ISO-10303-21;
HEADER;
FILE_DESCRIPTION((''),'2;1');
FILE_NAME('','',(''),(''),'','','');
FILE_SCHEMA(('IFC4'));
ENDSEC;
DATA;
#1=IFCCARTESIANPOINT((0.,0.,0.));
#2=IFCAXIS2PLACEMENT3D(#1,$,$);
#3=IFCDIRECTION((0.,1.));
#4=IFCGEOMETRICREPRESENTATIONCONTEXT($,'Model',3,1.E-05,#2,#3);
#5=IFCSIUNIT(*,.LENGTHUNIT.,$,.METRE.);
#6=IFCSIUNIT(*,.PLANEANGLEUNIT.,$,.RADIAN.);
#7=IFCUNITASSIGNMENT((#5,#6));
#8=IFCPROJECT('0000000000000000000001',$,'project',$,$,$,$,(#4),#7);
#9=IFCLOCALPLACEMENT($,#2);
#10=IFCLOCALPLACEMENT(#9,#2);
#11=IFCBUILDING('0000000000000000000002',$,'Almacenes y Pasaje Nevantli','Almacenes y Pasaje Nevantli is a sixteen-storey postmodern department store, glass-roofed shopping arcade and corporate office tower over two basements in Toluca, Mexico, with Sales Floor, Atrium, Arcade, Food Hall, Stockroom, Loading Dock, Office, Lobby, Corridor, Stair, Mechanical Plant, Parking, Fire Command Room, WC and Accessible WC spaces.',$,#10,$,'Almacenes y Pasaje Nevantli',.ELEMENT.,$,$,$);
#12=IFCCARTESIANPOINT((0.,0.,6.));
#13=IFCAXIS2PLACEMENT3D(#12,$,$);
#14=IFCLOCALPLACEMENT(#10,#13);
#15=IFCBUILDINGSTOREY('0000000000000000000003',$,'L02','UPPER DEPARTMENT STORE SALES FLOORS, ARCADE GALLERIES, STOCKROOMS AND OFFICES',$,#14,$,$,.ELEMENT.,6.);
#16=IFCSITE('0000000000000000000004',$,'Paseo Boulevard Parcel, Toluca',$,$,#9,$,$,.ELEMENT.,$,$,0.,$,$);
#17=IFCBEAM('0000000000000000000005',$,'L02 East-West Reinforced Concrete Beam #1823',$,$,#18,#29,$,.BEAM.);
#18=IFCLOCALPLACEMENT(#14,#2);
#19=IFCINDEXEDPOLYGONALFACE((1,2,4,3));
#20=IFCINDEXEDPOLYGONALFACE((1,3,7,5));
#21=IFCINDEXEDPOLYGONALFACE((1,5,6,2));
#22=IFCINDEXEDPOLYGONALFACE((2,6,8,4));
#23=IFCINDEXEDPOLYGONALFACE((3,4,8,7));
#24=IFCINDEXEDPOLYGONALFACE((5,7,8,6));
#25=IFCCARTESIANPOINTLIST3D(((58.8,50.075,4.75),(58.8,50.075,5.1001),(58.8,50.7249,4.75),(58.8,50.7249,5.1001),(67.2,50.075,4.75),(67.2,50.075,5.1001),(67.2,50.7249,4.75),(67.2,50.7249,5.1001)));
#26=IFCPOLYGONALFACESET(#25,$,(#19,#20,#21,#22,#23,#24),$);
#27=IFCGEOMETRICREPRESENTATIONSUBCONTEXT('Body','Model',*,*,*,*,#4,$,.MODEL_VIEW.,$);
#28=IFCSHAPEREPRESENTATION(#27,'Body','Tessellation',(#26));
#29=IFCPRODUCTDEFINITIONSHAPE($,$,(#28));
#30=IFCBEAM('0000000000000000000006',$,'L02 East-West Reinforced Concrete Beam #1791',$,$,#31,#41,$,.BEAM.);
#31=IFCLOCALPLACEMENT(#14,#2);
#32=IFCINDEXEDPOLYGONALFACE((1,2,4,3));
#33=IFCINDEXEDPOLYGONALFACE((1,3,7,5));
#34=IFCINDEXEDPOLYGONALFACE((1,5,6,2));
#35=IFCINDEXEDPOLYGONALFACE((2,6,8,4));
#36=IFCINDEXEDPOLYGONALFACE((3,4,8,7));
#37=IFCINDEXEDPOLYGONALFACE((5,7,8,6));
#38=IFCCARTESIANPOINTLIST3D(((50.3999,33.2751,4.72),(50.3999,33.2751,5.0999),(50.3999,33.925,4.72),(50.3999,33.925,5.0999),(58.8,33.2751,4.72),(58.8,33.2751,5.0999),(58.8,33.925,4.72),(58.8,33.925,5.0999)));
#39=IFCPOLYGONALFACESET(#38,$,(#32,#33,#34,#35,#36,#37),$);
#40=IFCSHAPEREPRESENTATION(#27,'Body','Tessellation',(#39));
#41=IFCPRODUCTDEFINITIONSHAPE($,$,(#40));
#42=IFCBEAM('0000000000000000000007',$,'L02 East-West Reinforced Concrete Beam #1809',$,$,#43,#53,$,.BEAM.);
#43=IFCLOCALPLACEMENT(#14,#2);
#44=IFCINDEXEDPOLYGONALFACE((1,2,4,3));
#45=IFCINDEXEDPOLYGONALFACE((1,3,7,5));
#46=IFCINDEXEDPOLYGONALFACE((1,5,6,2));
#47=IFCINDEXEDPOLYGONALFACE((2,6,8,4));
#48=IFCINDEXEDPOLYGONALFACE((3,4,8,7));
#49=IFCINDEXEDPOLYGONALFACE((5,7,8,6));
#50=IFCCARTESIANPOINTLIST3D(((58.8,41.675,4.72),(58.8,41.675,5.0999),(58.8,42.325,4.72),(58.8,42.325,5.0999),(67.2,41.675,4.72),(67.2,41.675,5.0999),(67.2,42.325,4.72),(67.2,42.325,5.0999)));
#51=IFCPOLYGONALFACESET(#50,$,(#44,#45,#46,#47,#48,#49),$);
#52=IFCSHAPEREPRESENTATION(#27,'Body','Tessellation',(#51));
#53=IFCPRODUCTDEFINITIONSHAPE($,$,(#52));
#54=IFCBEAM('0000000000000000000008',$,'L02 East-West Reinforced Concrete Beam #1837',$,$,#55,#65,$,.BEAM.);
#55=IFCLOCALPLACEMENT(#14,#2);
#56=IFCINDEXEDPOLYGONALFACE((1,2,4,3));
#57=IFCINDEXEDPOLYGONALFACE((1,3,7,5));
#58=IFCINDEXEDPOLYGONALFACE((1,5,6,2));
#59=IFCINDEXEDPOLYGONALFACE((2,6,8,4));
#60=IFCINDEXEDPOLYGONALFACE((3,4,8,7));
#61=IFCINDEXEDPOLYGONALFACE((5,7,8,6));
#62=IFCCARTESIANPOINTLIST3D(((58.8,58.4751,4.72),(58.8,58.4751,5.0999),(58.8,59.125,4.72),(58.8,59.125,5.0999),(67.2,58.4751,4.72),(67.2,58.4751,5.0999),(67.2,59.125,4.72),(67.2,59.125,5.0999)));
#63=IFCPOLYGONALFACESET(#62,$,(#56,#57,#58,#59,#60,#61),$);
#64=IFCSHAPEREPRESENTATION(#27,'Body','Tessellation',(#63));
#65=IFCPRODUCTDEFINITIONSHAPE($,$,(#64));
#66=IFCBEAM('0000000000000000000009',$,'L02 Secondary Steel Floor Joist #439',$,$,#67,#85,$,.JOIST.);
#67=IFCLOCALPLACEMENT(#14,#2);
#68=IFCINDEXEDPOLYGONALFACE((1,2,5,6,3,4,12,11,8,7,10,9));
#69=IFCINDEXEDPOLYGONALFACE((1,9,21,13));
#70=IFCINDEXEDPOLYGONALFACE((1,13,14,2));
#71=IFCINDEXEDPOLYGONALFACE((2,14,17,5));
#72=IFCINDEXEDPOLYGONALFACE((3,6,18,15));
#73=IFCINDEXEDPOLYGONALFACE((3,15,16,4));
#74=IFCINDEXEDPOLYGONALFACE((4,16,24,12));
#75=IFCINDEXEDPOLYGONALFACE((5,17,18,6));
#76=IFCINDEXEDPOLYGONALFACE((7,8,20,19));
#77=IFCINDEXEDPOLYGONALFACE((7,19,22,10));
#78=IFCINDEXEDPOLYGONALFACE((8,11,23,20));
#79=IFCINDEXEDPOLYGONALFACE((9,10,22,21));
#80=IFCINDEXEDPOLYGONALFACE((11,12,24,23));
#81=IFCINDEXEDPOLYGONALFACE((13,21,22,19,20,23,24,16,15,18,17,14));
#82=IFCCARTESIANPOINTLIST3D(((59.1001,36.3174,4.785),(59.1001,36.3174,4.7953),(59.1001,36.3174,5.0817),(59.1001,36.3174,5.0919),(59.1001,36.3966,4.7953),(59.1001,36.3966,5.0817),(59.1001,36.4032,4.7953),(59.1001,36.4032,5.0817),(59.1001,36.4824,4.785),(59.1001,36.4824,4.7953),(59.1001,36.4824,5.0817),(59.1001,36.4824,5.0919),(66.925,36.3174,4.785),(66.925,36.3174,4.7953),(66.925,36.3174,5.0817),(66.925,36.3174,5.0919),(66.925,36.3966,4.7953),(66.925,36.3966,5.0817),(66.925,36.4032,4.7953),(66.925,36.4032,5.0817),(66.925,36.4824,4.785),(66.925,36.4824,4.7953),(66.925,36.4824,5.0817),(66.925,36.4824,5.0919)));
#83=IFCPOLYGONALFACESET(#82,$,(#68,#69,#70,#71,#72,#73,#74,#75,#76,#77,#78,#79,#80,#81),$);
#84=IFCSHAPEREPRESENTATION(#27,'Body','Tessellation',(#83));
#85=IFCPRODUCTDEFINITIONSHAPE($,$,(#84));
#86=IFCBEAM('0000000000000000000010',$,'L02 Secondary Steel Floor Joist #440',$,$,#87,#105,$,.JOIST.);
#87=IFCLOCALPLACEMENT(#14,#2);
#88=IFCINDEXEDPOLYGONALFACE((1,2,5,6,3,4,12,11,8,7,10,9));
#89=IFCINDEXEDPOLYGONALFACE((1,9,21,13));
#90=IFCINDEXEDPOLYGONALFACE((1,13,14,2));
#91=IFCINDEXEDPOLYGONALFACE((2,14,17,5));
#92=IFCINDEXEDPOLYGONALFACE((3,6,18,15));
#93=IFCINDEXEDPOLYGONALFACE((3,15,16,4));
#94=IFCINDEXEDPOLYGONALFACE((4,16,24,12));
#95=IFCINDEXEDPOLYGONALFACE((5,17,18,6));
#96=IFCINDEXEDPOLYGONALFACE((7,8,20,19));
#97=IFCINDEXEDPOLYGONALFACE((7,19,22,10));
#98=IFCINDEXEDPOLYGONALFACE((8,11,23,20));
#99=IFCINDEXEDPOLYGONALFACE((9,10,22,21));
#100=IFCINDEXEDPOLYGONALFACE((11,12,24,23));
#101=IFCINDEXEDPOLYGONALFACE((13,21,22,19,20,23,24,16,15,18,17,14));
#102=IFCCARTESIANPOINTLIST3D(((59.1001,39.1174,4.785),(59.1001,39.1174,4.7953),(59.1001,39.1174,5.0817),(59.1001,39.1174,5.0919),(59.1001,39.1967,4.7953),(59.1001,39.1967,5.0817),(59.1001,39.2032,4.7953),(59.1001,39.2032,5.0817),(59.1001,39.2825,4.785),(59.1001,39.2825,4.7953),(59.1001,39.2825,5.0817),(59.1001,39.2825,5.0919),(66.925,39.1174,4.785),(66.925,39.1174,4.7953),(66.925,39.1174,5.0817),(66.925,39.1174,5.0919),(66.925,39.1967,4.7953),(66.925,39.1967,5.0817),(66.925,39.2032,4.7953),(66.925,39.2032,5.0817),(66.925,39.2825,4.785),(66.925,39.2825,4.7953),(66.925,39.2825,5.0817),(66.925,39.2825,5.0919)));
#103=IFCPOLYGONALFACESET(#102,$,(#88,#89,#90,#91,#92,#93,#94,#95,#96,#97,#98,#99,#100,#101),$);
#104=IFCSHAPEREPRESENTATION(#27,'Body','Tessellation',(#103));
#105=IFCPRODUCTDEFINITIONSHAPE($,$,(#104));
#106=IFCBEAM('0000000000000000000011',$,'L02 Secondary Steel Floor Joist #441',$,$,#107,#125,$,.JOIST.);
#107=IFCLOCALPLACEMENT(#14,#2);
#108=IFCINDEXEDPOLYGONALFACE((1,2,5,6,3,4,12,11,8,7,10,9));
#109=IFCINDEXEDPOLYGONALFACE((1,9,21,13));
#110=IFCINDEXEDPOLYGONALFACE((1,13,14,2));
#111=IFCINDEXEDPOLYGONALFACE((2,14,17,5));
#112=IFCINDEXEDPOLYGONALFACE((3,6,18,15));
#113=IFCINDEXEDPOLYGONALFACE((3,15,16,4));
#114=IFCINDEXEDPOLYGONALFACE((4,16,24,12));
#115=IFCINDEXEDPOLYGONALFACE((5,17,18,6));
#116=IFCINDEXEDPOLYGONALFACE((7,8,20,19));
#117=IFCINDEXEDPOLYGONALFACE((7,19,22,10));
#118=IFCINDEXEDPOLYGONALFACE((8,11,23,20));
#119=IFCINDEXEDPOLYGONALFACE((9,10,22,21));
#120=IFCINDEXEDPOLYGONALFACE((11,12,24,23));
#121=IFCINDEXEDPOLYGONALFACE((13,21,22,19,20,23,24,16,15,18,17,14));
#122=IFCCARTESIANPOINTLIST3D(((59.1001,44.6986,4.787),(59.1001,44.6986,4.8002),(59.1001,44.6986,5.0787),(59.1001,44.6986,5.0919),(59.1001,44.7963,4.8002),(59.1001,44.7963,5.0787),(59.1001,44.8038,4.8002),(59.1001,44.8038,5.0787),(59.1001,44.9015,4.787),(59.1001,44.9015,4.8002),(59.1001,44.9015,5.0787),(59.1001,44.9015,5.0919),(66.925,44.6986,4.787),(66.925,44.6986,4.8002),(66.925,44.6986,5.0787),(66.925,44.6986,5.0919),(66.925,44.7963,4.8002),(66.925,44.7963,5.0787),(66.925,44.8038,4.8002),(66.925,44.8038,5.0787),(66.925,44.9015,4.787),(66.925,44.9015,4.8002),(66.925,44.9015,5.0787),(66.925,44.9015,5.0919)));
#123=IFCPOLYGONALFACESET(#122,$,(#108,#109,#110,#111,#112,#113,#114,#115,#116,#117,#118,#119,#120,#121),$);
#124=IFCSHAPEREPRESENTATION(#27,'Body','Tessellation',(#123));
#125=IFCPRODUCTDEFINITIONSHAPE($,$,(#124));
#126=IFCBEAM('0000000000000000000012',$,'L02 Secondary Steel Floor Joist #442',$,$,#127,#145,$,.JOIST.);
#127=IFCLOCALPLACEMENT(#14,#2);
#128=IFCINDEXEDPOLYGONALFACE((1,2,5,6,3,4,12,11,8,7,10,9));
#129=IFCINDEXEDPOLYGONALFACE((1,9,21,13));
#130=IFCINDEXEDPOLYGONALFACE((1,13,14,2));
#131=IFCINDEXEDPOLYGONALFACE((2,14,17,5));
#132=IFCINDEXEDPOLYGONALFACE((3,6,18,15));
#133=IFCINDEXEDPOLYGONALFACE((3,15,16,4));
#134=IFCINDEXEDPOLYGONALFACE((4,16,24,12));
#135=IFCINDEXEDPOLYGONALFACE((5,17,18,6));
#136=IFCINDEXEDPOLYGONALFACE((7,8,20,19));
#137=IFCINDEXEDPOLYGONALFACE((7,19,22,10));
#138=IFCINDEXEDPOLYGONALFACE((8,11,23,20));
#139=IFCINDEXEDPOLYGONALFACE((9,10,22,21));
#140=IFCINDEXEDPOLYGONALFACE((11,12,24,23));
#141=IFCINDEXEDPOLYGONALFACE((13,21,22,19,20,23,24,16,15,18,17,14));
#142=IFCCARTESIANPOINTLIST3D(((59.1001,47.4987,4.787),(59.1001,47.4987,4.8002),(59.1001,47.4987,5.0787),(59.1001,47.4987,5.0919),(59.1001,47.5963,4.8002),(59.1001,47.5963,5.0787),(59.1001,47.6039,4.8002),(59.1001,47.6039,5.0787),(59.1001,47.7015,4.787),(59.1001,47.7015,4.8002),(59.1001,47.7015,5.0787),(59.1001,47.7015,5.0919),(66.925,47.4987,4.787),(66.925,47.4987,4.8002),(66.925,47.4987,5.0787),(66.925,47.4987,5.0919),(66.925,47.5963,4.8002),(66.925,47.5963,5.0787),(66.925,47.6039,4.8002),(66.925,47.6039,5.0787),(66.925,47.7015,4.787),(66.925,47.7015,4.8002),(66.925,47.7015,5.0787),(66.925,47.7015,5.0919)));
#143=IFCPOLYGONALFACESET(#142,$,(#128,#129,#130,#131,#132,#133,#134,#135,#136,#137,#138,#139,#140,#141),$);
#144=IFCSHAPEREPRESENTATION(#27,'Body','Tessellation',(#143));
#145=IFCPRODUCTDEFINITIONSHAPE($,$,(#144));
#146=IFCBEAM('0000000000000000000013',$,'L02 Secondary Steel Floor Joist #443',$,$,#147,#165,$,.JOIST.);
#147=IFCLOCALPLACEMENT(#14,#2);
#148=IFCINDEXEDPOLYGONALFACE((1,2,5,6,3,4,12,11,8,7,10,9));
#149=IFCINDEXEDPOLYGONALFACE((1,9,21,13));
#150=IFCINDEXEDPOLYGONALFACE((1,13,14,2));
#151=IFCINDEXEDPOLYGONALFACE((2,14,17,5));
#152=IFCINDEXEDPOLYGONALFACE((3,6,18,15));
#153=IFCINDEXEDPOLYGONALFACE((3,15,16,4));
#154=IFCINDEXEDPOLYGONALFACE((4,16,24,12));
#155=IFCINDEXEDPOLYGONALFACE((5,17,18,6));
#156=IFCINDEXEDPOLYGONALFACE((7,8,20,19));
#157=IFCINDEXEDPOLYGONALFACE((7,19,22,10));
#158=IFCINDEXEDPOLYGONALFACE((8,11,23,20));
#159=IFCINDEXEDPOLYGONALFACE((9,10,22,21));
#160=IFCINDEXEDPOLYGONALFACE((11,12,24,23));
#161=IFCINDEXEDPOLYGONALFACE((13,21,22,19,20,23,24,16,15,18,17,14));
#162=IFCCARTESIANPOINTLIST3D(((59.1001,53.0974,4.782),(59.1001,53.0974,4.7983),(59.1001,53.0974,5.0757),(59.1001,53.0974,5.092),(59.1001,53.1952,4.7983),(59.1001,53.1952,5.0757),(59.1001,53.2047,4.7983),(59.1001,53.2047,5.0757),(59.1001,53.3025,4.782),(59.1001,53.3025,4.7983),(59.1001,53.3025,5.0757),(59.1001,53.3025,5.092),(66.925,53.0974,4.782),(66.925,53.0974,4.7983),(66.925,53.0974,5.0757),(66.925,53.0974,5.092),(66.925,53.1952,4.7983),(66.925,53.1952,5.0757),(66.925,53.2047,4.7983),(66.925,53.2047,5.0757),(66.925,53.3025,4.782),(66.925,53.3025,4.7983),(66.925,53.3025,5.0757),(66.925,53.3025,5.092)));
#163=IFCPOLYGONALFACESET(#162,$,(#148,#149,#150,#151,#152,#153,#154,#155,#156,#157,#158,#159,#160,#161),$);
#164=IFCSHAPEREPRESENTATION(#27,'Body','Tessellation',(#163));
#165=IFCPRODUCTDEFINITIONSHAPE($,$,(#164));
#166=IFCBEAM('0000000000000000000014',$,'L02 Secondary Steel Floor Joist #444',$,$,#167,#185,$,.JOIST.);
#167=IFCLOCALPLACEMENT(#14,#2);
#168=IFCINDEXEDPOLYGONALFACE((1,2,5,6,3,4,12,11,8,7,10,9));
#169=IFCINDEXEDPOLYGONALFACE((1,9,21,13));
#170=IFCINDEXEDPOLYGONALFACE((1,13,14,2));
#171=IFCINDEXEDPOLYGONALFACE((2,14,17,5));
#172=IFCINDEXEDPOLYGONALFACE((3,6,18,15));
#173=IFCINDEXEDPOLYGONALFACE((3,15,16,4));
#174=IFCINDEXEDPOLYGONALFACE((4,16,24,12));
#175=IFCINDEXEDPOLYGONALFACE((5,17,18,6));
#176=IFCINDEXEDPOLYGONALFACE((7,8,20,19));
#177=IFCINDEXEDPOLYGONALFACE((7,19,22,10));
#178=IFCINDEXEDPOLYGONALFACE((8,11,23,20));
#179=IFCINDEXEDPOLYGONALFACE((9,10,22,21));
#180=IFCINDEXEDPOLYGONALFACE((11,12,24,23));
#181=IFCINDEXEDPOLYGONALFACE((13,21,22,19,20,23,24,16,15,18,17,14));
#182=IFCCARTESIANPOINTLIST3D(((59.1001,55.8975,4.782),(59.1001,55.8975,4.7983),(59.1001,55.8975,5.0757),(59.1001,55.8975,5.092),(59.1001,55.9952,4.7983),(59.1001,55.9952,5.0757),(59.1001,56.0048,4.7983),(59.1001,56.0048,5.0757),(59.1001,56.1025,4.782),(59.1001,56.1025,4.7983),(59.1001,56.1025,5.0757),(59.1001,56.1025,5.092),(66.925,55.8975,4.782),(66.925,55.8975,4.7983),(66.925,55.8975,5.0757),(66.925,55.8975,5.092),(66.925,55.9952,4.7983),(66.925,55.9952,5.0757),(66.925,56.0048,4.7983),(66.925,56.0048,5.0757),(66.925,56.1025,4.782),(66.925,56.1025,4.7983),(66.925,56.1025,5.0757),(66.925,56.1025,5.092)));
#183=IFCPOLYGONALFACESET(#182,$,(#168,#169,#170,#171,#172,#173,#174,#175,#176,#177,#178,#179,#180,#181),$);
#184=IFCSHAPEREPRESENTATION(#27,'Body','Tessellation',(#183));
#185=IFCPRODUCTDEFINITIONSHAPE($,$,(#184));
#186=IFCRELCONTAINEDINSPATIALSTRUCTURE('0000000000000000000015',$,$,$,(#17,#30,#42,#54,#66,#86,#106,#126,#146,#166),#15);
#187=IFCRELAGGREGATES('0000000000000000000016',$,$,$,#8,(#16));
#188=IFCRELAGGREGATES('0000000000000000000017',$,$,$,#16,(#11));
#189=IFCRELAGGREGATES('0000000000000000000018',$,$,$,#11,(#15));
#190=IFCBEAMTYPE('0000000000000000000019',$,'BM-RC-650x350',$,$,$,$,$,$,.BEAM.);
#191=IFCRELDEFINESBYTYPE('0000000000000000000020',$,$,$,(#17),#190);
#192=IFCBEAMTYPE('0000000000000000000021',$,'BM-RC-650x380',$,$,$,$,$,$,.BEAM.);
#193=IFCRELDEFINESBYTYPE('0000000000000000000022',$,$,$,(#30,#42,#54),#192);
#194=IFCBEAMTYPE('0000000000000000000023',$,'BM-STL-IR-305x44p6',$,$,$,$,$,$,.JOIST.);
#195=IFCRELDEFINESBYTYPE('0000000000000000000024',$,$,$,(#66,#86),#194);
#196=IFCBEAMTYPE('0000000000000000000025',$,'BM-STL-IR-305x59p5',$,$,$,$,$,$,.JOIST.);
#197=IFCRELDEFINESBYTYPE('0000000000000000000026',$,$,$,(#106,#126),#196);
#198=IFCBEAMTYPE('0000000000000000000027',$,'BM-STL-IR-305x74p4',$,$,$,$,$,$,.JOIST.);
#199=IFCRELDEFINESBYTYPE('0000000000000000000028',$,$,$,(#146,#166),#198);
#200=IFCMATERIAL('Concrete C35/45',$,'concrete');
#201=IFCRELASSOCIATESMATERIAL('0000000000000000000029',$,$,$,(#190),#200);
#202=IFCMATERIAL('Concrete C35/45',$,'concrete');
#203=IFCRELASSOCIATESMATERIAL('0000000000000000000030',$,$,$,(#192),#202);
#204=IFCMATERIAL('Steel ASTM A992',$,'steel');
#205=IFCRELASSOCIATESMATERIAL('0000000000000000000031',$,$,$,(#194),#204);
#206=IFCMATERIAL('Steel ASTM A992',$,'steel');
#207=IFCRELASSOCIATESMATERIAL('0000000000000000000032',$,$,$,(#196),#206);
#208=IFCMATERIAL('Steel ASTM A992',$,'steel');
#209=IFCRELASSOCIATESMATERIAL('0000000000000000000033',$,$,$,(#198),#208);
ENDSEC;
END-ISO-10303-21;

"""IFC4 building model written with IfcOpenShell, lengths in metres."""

from ifc_helpers import new_model, si_unit, direction, frame, origin, origin_2d, place, context, subcontext, project, spatial, rectangle, i_section, extrude, material, material_profile, profile_set, type_object, element, save


model = new_model("IFC4")

# Units and contexts
model_context = context("Model", 3, precision=1e-05, world=origin(), true_north=direction((0.0, 1.0)))
body_context = subcontext(model_context, "Body", "Model", "MODEL_VIEW")
ifc_project = project(units=[si_unit("LENGTHUNIT", "METRE"), si_unit("PLANEANGLEUNIT", "RADIAN")], contexts=[model_context])

# Site, building, storey
site_placement = place(None, origin())
site = spatial("IfcSite", under=ifc_project, at=site_placement, Name="Paseo Boulevard Parcel, Toluca", CompositionType="ELEMENT", RefElevation=0.0)
building_placement = place(site_placement, origin())
building = spatial("IfcBuilding", under=site, at=building_placement, Name="Almacenes y Pasaje Nevantli", Description="Almacenes y Pasaje Nevantli is a sixteen-storey postmodern department store, glass-roofed shopping arcade and corporate office tower over two basements in Toluca, Mexico, with Sales Floor, Atrium, Arcade, Food Hall, Stockroom, Loading Dock, Office, Lobby, Corridor, Stair, Mechanical Plant, Parking, Fire Command Room, WC and Accessible WC spaces.", LongName="Almacenes y Pasaje Nevantli", CompositionType="ELEMENT")
storey_placement = place(building_placement, frame((0.0, 0.0, 6.0)))
storey = spatial("IfcBuildingStorey", under=building, at=storey_placement, Name="L02", Description="UPPER DEPARTMENT STORE SALES FLOORS, ARCADE GALLERIES, STOCKROOMS AND OFFICES", CompositionType="ELEMENT", Elevation=6.0)

# Beams
ifc_material_1 = material(Name="Concrete C35/45", Category="concrete")
ifc_material_profile_1 = material_profile(ifc_material_1, rectangle(XDim=0.6499, YDim=0.3501, at=origin_2d()), Name="RC-BM-650x350")
ifc_profile_set_1 = profile_set([ifc_material_profile_1], Name="Concrete C35/45")
beam_type_1 = type_object("IfcBeamType", Name="BM-RC-650x350", PredefinedType="BEAM", material=ifc_profile_set_1)
for number, where, z_axis, x_axis, name in (
    (1, (58.8, 50.3999, 4.925), (1.0, 0.0, 0.0), (0.0, 1.0, 0.0), "L02 East-West Reinforced Concrete Beam #1823"),
):
    element("IfcBeam", number, at=place(storey_placement, frame(where, z_axis=z_axis, x_axis=x_axis)), inside=storey, type_object=beam_type_1, Name=name, PredefinedType="BEAM", context=body_context, shape_type="SweptSolid", body=[
        extrude(rectangle(XDim=0.6499, YDim=0.3501, at=origin_2d()), origin(), (0.0, 0.0, 1.0), 8.3999),
    ])
ifc_material_2 = material(Name="Concrete C35/45", Category="concrete")
ifc_material_profile_2 = material_profile(ifc_material_2, rectangle(XDim=0.6499, YDim=0.3799, at=origin_2d()), Name="RC-BM-650x380")
ifc_profile_set_2 = profile_set([ifc_material_profile_2], Name="Concrete C35/45")
beam_type_2 = type_object("IfcBeamType", Name="BM-RC-650x380", PredefinedType="BEAM", material=ifc_profile_set_2)
beam_1_placement = place(storey_placement, frame((50.3999, 33.6001, 4.9099), z_axis=(1.0, 0.0, 0.0), x_axis=(0.0, 1.0, 0.0)))
element("IfcBeam", 2, at=beam_1_placement, inside=storey, type_object=beam_type_2, Name="L02 East-West Reinforced Concrete Beam #1791", PredefinedType="BEAM", context=body_context, shape_type="SweptSolid", body=[
    extrude(rectangle(XDim=0.6499, YDim=0.3799, at=origin_2d()), origin(), (0.0, 0.0, 1.0), 8.4001),
])
for number, where, z_axis, x_axis, name in (
    (3, (58.8, 42.0, 4.9099), (1.0, 0.0, 0.0), (0.0, 1.0, 0.0), "L02 East-West Reinforced Concrete Beam #1809"),
    (4, (58.8, 58.8, 4.9099), (1.0, 0.0, 0.0), (0.0, 1.0, 0.0), "L02 East-West Reinforced Concrete Beam #1837"),
):
    element("IfcBeam", number, at=place(storey_placement, frame(where, z_axis=z_axis, x_axis=x_axis)), inside=storey, type_object=beam_type_2, Name=name, PredefinedType="BEAM", context=body_context, shape_type="SweptSolid", body=[
        extrude(rectangle(XDim=0.6499, YDim=0.3799, at=origin_2d()), origin(), (0.0, 0.0, 1.0), 8.3999),
    ])
ifc_material_3 = material(Name="Steel ASTM A992", Category="steel")
ifc_material_profile_3 = material_profile(ifc_material_3, i_section(OverallWidth=0.165, OverallDepth=0.3069, WebThickness=0.0066, FlangeThickness=0.0103, at=origin_2d()), Name="IR 305x44.6")
ifc_profile_set_3 = profile_set([ifc_material_profile_3], Name="Steel ASTM A992")
beam_type_3 = type_object("IfcBeamType", Name="BM-STL-IR-305x44p6", PredefinedType="JOIST", material=ifc_profile_set_3)
for number, where, z_axis, x_axis, name in (
    (5, (59.1001, 36.3999, 4.9385), (1.0, 0.0, 0.0), (0.0, 1.0, 0.0), "L02 Secondary Steel Floor Joist #439"),
    (6, (59.1001, 39.2, 4.9385), (1.0, 0.0, 0.0), (0.0, 1.0, 0.0), "L02 Secondary Steel Floor Joist #440"),
):
    element("IfcBeam", number, at=place(storey_placement, frame(where, z_axis=z_axis, x_axis=x_axis)), inside=storey, type_object=beam_type_3, Name=name, PredefinedType="JOIST", context=body_context, shape_type="SweptSolid", body=[
        extrude(i_section(OverallWidth=0.165, OverallDepth=0.3069, WebThickness=0.0066, FlangeThickness=0.0103, at=origin_2d()), origin(), (0.0, 0.0, 1.0), 7.825),
    ])
ifc_material_4 = material(Name="Steel ASTM A992", Category="steel")
ifc_material_profile_4 = material_profile(ifc_material_4, i_section(OverallWidth=0.2029, OverallDepth=0.3049, WebThickness=0.0076, FlangeThickness=0.0132, at=origin_2d()), Name="IR 305x59.5")
ifc_profile_set_4 = profile_set([ifc_material_profile_4], Name="Steel ASTM A992")
beam_type_4 = type_object("IfcBeamType", Name="BM-STL-IR-305x59p5", PredefinedType="JOIST", material=ifc_profile_set_4)
for number, where, z_axis, x_axis, name in (
    (7, (59.1001, 44.8, 4.9395), (1.0, 0.0, 0.0), (0.0, 1.0, 0.0), "L02 Secondary Steel Floor Joist #441"),
    (8, (59.1001, 47.6001, 4.9395), (1.0, 0.0, 0.0), (0.0, 1.0, 0.0), "L02 Secondary Steel Floor Joist #442"),
):
    element("IfcBeam", number, at=place(storey_placement, frame(where, z_axis=z_axis, x_axis=x_axis)), inside=storey, type_object=beam_type_4, Name=name, PredefinedType="JOIST", context=body_context, shape_type="SweptSolid", body=[
        extrude(i_section(OverallWidth=0.2029, OverallDepth=0.3049, WebThickness=0.0076, FlangeThickness=0.0132, at=origin_2d()), origin(), (0.0, 0.0, 1.0), 7.825),
    ])
ifc_material_5 = material(Name="Steel ASTM A992", Category="steel")
ifc_material_profile_5 = material_profile(ifc_material_5, i_section(OverallWidth=0.2051, OverallDepth=0.3101, WebThickness=0.0095, FlangeThickness=0.0164, at=origin_2d()), Name="IR 305x74.4")
ifc_profile_set_5 = profile_set([ifc_material_profile_5], Name="Steel ASTM A992")
beam_type_5 = type_object("IfcBeamType", Name="BM-STL-IR-305x74p4", PredefinedType="JOIST", material=ifc_profile_set_5)
for number, where, z_axis, x_axis, name in (
    (9, (59.1001, 53.2, 4.937), (1.0, 0.0, 0.0), (0.0, 1.0, 0.0), "L02 Secondary Steel Floor Joist #443"),
    (10, (59.1001, 56.0, 4.937), (1.0, 0.0, 0.0), (0.0, 1.0, 0.0), "L02 Secondary Steel Floor Joist #444"),
):
    element("IfcBeam", number, at=place(storey_placement, frame(where, z_axis=z_axis, x_axis=x_axis)), inside=storey, type_object=beam_type_5, Name=name, PredefinedType="JOIST", context=body_context, shape_type="SweptSolid", body=[
        extrude(i_section(OverallWidth=0.2051, OverallDepth=0.3101, WebThickness=0.0095, FlangeThickness=0.0164, at=origin_2d()), origin(), (0.0, 0.0, 1.0), 7.825),
    ])

save(model, "model.ifc")
